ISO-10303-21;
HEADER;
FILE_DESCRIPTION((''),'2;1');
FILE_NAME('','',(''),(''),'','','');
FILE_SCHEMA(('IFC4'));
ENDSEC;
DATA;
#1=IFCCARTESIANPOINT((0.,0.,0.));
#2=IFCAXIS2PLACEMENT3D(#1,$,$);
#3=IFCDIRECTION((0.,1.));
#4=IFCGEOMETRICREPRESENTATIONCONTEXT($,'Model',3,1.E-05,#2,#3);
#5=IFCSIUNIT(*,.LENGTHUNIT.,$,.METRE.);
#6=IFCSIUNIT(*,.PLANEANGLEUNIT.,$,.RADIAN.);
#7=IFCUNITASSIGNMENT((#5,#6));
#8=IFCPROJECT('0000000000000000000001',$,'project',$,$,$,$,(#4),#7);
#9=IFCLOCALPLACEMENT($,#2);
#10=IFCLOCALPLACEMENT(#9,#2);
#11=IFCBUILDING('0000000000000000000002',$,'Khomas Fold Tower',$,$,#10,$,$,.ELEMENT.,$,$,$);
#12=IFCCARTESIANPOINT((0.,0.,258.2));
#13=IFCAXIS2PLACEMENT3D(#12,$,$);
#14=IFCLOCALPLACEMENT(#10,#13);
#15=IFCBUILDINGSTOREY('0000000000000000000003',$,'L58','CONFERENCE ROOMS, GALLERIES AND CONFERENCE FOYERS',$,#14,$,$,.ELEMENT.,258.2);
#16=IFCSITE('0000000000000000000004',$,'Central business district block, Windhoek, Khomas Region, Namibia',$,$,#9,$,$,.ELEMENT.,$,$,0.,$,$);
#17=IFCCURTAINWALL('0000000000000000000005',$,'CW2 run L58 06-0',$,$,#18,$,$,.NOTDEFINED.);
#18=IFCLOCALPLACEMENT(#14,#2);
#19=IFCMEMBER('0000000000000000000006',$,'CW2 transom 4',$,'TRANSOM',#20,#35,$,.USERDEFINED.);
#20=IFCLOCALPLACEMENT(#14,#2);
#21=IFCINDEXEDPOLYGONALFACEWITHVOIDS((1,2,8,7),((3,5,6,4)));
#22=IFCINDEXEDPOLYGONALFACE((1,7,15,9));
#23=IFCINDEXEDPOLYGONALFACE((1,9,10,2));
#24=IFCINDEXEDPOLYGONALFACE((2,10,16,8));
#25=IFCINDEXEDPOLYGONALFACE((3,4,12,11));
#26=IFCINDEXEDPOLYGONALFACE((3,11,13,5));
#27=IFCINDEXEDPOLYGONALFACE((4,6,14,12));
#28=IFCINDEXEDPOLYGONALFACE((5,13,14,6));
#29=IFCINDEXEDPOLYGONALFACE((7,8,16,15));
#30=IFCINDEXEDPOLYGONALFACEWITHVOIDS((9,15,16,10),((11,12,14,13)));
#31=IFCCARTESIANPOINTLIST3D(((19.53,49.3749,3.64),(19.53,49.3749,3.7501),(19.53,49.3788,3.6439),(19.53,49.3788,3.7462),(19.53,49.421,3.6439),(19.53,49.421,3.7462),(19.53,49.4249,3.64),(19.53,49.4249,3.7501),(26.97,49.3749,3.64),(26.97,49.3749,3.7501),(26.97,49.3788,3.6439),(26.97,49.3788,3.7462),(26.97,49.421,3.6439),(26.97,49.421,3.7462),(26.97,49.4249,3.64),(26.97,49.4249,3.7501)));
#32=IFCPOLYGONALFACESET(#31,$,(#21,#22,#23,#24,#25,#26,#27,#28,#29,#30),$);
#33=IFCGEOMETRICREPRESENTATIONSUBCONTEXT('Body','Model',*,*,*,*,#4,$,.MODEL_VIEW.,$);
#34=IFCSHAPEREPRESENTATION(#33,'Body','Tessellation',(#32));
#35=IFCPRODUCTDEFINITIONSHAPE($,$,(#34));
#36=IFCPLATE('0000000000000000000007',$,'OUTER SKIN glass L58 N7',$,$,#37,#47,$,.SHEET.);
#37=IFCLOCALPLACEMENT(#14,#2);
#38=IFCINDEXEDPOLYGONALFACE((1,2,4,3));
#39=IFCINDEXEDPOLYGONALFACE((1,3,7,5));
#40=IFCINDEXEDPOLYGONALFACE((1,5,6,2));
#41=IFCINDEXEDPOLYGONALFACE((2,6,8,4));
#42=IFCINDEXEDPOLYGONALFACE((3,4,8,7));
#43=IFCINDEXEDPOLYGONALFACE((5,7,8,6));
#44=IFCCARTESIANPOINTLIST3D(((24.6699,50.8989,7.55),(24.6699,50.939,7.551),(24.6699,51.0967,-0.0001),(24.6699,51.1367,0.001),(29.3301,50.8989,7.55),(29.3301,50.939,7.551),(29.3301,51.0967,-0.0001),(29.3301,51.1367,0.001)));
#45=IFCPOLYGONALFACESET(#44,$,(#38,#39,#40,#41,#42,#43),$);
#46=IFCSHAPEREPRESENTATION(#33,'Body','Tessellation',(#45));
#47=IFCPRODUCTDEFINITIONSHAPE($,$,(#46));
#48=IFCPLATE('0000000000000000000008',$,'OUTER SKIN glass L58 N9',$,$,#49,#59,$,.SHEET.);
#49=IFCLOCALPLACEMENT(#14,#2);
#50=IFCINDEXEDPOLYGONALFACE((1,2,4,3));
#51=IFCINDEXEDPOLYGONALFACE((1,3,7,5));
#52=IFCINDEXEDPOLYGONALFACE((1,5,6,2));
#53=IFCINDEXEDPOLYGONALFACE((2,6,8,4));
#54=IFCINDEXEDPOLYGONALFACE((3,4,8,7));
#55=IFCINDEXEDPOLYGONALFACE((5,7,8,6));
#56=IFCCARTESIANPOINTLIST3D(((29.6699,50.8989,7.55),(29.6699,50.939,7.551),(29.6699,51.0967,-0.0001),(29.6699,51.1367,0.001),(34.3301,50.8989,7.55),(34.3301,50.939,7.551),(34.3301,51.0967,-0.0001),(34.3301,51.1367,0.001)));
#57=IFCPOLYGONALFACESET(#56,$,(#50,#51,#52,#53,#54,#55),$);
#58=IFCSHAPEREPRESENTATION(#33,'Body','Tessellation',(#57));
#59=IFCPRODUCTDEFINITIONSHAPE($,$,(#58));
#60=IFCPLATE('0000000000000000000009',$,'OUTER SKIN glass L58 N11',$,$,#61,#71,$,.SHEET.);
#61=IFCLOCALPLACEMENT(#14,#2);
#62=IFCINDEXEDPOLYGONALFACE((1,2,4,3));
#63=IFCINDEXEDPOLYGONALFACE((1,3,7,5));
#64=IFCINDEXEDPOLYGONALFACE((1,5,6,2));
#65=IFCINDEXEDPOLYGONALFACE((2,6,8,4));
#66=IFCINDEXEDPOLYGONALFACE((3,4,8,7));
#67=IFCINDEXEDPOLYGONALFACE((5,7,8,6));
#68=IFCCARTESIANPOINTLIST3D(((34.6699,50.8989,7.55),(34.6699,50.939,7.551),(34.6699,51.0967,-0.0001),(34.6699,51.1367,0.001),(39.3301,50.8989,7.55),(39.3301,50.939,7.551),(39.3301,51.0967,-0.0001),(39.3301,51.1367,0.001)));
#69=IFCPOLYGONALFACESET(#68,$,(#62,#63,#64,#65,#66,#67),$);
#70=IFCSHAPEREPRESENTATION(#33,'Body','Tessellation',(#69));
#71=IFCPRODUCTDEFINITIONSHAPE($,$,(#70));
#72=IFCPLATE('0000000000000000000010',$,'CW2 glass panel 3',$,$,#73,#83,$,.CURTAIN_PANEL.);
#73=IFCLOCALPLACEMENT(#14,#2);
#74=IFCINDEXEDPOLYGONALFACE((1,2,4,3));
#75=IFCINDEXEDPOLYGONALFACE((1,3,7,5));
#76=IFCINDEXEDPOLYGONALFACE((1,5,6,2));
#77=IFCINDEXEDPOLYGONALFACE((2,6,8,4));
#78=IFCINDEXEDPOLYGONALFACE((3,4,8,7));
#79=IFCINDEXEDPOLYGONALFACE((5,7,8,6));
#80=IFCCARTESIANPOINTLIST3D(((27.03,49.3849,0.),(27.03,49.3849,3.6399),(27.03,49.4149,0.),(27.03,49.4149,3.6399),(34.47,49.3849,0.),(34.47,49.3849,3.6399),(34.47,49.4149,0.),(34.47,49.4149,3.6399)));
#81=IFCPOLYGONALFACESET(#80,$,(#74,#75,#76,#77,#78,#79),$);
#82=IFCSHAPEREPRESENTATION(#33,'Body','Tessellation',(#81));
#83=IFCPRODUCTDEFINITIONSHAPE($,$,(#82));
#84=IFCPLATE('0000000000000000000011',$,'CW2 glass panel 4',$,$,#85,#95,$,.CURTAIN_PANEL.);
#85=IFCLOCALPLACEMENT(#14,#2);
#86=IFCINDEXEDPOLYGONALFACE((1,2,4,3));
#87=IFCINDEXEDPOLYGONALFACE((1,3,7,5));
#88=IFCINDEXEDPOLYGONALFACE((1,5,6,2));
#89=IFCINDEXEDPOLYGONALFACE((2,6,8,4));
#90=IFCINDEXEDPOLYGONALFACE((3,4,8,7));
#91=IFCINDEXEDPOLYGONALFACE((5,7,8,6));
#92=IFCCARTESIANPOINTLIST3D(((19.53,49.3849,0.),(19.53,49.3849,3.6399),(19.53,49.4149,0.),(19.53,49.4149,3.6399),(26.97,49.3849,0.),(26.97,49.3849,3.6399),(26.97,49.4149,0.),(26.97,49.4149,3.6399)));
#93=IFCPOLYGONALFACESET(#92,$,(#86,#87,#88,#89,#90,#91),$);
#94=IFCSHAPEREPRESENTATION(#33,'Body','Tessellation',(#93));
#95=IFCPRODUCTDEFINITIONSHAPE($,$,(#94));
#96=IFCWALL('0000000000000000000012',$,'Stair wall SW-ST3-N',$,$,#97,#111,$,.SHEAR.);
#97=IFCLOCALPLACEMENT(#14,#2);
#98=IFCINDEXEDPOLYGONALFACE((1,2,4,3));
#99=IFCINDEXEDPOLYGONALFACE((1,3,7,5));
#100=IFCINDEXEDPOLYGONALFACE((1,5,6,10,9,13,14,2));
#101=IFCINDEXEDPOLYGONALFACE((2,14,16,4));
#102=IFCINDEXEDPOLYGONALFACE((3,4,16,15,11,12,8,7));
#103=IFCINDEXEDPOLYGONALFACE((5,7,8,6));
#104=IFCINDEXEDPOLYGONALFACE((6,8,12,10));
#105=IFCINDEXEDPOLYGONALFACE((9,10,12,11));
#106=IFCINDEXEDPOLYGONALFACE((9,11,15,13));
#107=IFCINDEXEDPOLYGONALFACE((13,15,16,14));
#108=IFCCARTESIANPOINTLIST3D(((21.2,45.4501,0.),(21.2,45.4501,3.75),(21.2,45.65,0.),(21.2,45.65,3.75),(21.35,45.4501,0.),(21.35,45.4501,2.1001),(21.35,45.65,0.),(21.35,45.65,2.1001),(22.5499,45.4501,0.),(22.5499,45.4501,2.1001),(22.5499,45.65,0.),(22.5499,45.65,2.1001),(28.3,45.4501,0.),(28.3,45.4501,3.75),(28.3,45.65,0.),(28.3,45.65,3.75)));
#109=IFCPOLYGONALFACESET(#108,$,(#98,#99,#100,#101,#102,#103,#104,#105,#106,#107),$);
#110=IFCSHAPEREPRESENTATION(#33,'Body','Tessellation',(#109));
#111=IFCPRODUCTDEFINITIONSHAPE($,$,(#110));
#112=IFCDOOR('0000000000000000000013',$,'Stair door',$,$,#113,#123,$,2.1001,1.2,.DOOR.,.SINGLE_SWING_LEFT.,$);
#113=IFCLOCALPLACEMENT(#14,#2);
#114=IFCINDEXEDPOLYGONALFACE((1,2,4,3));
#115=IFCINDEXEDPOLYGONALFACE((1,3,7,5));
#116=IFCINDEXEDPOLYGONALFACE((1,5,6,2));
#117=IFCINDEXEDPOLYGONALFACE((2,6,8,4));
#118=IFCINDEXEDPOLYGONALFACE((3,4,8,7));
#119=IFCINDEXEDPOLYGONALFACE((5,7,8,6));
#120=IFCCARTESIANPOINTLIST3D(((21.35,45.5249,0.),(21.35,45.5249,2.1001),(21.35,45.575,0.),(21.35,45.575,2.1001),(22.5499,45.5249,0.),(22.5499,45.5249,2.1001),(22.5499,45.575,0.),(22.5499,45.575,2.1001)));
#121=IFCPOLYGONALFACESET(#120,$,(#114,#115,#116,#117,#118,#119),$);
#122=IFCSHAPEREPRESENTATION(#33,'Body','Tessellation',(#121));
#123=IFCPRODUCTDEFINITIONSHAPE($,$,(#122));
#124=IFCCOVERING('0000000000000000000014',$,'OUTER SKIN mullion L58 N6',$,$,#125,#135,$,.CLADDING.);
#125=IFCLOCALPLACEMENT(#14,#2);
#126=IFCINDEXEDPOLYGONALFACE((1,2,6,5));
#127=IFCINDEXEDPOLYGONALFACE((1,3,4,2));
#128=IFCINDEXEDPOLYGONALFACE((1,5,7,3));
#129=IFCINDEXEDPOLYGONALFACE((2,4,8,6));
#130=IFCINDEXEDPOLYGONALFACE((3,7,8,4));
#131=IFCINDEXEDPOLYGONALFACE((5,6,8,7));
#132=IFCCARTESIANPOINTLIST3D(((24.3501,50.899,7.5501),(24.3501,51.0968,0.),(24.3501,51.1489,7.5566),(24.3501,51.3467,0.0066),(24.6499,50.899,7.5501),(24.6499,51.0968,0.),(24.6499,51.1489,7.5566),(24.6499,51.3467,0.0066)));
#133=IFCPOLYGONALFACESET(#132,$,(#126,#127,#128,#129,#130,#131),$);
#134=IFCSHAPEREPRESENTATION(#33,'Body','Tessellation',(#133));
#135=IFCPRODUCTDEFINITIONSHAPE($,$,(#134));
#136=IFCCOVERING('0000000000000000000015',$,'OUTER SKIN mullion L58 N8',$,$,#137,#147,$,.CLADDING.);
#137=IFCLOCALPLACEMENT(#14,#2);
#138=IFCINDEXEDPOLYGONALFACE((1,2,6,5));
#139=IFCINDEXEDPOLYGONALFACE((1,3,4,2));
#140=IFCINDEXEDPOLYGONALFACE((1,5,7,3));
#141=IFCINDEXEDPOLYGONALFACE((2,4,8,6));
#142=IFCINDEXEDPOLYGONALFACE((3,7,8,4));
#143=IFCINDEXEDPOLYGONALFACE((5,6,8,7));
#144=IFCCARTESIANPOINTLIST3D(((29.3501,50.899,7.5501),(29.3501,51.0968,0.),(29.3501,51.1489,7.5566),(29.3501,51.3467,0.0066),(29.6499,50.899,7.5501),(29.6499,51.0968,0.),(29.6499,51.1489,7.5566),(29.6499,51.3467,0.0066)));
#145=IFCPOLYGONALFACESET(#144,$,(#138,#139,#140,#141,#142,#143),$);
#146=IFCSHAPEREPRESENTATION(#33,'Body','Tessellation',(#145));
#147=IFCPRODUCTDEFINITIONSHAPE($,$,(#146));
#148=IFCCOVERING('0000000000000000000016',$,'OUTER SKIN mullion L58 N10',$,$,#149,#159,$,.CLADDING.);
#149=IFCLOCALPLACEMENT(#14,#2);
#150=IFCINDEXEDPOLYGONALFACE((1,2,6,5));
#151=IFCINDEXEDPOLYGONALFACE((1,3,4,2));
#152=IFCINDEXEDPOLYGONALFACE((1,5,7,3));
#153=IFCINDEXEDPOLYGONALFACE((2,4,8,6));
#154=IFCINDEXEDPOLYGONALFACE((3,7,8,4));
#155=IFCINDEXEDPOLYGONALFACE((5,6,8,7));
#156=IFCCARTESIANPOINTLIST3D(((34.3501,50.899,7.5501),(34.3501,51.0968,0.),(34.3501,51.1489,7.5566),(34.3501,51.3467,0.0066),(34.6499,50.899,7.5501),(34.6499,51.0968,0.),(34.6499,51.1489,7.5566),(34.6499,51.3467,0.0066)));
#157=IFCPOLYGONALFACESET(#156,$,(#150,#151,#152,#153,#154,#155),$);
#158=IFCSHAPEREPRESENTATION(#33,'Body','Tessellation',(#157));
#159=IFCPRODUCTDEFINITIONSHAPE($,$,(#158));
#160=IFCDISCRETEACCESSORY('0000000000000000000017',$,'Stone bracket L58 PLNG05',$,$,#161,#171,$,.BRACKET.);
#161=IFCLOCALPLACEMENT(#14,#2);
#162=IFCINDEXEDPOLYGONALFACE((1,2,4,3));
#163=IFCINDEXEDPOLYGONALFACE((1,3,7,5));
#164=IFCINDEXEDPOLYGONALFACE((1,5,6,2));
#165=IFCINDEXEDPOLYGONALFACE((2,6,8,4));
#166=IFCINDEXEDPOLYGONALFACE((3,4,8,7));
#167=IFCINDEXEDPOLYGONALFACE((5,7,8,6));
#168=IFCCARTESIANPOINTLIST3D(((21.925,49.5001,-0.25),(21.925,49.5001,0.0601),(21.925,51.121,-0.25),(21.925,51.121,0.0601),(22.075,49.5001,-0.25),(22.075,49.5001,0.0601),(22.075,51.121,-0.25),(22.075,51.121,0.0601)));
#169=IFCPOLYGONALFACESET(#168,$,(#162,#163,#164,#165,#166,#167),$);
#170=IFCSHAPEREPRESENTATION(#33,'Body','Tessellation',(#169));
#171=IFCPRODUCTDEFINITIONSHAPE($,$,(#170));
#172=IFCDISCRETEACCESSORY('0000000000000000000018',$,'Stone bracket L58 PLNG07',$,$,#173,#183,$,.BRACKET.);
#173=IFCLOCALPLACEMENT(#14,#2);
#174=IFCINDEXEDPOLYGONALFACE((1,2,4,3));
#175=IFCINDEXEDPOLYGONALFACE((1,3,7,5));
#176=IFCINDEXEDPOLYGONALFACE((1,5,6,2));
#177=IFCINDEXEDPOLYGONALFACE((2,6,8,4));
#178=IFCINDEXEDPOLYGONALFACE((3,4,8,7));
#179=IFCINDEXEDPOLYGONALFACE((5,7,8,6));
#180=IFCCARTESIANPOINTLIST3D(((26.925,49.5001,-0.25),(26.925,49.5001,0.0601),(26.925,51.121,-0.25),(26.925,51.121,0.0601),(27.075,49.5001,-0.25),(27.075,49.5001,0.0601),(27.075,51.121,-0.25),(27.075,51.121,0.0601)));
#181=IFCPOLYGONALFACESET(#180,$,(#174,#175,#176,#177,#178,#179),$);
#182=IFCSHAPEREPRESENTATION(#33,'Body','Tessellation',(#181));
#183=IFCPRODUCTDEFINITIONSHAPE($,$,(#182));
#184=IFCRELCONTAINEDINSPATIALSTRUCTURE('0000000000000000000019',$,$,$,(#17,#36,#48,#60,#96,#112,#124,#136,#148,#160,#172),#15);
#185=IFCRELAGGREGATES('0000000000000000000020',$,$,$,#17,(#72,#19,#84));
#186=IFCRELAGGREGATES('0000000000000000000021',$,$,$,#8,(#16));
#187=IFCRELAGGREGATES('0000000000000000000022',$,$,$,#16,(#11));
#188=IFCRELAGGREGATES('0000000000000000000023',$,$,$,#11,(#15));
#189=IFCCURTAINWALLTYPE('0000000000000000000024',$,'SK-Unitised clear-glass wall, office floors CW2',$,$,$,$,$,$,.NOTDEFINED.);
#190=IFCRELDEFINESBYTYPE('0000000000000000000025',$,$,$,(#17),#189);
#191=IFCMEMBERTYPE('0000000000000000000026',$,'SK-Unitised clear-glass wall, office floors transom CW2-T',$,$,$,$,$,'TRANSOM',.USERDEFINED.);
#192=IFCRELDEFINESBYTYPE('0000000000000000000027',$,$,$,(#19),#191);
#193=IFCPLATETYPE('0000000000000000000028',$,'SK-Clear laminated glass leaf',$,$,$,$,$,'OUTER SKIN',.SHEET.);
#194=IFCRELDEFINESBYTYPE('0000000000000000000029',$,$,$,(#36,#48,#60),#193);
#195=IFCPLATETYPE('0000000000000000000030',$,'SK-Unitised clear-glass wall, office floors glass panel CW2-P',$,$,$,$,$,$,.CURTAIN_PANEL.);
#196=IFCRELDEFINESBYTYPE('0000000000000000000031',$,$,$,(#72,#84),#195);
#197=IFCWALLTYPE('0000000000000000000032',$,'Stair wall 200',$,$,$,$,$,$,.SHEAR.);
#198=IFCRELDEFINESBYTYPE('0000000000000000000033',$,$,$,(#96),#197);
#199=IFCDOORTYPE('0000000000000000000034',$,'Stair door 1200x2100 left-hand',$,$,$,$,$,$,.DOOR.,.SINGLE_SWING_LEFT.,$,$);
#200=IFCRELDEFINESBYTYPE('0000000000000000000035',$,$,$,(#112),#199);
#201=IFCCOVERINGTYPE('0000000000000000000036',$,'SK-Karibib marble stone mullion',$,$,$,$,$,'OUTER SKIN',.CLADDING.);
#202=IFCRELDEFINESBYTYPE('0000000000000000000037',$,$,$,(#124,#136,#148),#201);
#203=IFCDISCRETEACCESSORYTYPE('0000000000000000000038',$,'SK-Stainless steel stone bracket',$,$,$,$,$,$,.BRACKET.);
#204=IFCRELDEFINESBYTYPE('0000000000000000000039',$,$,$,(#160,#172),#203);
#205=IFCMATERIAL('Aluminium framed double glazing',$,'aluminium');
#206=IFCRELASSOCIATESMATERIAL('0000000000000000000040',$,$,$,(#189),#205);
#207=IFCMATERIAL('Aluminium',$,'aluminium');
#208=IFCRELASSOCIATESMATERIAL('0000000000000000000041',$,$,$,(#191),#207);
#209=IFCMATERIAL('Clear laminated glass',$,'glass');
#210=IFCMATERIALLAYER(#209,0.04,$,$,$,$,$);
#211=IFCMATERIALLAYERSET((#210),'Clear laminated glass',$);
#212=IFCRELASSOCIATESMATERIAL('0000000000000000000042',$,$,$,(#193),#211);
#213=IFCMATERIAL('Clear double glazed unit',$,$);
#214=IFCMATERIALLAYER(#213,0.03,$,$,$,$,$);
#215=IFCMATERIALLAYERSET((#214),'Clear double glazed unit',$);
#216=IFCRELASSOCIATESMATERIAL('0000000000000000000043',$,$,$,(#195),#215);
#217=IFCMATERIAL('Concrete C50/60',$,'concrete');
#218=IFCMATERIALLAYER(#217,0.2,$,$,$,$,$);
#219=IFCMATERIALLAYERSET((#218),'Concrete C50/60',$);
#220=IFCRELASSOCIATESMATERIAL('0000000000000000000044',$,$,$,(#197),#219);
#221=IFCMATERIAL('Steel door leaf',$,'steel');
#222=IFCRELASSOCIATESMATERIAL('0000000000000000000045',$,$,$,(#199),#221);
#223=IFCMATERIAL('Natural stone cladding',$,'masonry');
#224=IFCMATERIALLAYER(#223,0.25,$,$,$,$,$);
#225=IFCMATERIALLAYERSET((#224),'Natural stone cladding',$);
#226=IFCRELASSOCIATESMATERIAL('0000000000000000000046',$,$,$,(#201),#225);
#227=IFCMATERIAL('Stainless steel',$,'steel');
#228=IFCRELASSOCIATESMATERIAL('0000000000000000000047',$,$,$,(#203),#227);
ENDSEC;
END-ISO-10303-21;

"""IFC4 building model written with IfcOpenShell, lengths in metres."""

from ifc_helpers import new_model, si_unit, direction, frame, frame_2d, origin, origin_2d, place, context, subcontext, project, spatial, polyline, rectangle, hollow_rectangle, outline, extrude, source, transform, mapped, material, layer, layer_set, material_profile, profile_set, type_object, element, fill, aggregate, save


model = new_model("IFC4")

# Units and contexts
model_context = context("Model", 3, precision=1e-05, world=origin(), true_north=direction((0.0, 1.0)))
body_context = subcontext(model_context, "Body", "Model", "MODEL_VIEW")
ifc_project = project(units=[si_unit("LENGTHUNIT", "METRE"), si_unit("PLANEANGLEUNIT", "RADIAN")], contexts=[model_context])

# Site, building, storey
site_placement = place(None, origin())
site = spatial("IfcSite", under=ifc_project, at=site_placement, Name="Central business district block, Windhoek, Khomas Region, Namibia", CompositionType="ELEMENT", RefElevation=0.0)
building_placement = place(site_placement, origin())
building = spatial("IfcBuilding", under=site, at=building_placement, Name="Khomas Fold Tower", CompositionType="ELEMENT")
storey_placement = place(building_placement, frame((0.0, 0.0, 258.2)))
storey = spatial("IfcBuildingStorey", under=building, at=storey_placement, Name="L58", Description="CONFERENCE ROOMS, GALLERIES AND CONFERENCE FOYERS", CompositionType="ELEMENT", Elevation=258.2)

# Curtain wall, member
ifc_material_1 = material(Name="Aluminium framed double glazing", Category="aluminium")
curtain_wall_type = type_object("IfcCurtainWallType", Name="SK-Unitised clear-glass wall, office floors CW2", PredefinedType="NOTDEFINED", material=ifc_material_1)
curtain_wall_placement = place(storey_placement, origin())
curtain_wall = element("IfcCurtainWall", 1, at=curtain_wall_placement, inside=storey, type_object=curtain_wall_type, Name="CW2 run L58 06-0", PredefinedType="NOTDEFINED")
ifc_material_2 = material(Name="Aluminium", Category="aluminium")
ifc_material_profile_1 = material_profile(ifc_material_2, hollow_rectangle(XDim=0.05, YDim=0.1101, WallThickness=0.0039, at=origin_2d()), Name="SK-Unitised clear-glass wall, office floors transom CW2-T")
ifc_profile_set_1 = profile_set([ifc_material_profile_1], Name="Aluminium")
member_type_1 = type_object("IfcMemberType", Name="SK-Unitised clear-glass wall, office floors transom CW2-T", ElementType="TRANSOM", PredefinedType="USERDEFINED", material=ifc_profile_set_1)
shared_shape_1 = source(origin(), body_context, "Body", "SweptSolid", [
    extrude(hollow_rectangle(XDim=0.05, YDim=0.1101, WallThickness=0.0039, at=origin_2d()), origin(), (0.0, 0.0, 1.0), 7.4399),
])
member_1_placement = place(storey_placement, frame((26.97, 49.3999, 3.6951), z_axis=(-1.0, 0.0, 0.0), x_axis=(0.0, -1.0, 0.0)))
member_1 = element("IfcMember", 2, at=member_1_placement, type_object=member_type_1, Name="CW2 transom 4", ObjectType="TRANSOM", PredefinedType="USERDEFINED", context=body_context, shape_type="MappedRepresentation", body=[
    mapped(shared_shape_1, transform((0.0, 0.0, 0.0))),
])

# Plates
ifc_material_3 = material(Name="Clear laminated glass", Category="glass")
ifc_layer_1 = layer(ifc_material_3, 0.04)
ifc_layer_set_1 = layer_set([ifc_layer_1], Name="Clear laminated glass")
plate_type_1 = type_object("IfcPlateType", Name="SK-Clear laminated glass leaf", ElementType="OUTER SKIN", PredefinedType="SHEET", material=ifc_layer_set_1)
for number, where, z_axis, x_axis, name in (
    (3, (24.6699, 51.1367, 0.001), (0.0, 0.999657, 0.026183), (1.0, 0.0, 0.0), "OUTER SKIN glass L58 N7"),
    (4, (29.6699, 51.1367, 0.001), (0.0, 0.999657, 0.026183), (1.0, 0.0, 0.0), "OUTER SKIN glass L58 N9"),
    (5, (34.6699, 51.1367, 0.001), (0.0, 0.999657, 0.026183), (1.0, 0.0, 0.0), "OUTER SKIN glass L58 N11"),
):
    element("IfcPlate", number, at=place(storey_placement, frame(where, z_axis=z_axis, x_axis=x_axis)), inside=storey, type_object=plate_type_1, Name=name, PredefinedType="SHEET", context=body_context, shape_type="SweptSolid", body=[
        extrude(outline(polyline([(0.0, 0.0), (4.6602, 0.0), (4.6602, -7.5526), (0.0, -7.5526), (0.0, 0.0)])), origin(), (0.0, 0.0, -1.0), 0.04),
    ])

# Plates
ifc_material_4 = material(Name="Clear double glazed unit")
ifc_layer_2 = layer(ifc_material_4, 0.03)
ifc_layer_set_2 = layer_set([ifc_layer_2], Name="Clear double glazed unit")
plate_type_2 = type_object("IfcPlateType", Name="SK-Unitised clear-glass wall, office floors glass panel CW2-P", PredefinedType="CURTAIN_PANEL", material=ifc_layer_set_2)
shared_shape_2 = source(origin(), body_context, "Body", "SweptSolid", [
    extrude(rectangle(XDim=7.4399, YDim=0.03, at=origin_2d()), origin(), (0.0, 0.0, 1.0), 3.6399),
])
plate_1_placement = place(storey_placement, frame((30.75, 49.3999, 0.0), z_axis=(0.0, 0.0, 1.0), x_axis=(-1.0, 0.0, 0.0)))
plate_1 = element("IfcPlate", 6, at=plate_1_placement, type_object=plate_type_2, Name="CW2 glass panel 3", PredefinedType="CURTAIN_PANEL", context=body_context, shape_type="MappedRepresentation", body=[
    mapped(shared_shape_2, transform((0.0, 0.0, 0.0))),
])
plate_2_placement = place(storey_placement, frame((23.25, 49.3999, 0.0), z_axis=(0.0, 0.0, 1.0), x_axis=(-1.0, 0.0, 0.0)))
plate_2 = element("IfcPlate", 7, at=plate_2_placement, type_object=plate_type_2, Name="CW2 glass panel 4", PredefinedType="CURTAIN_PANEL", context=body_context, shape_type="MappedRepresentation", body=[
    mapped(shared_shape_2, transform((0.0, 0.0, 0.0))),
])
aggregate(curtain_wall, [plate_1, member_1, plate_2])

# Wall, opening, door
ifc_material_5 = material(Name="Concrete C50/60", Category="concrete")
ifc_layer_3 = layer(ifc_material_5, 0.2)
ifc_layer_set_3 = layer_set([ifc_layer_3], Name="Concrete C50/60")
wall_type = type_object("IfcWallType", Name="Stair wall 200", PredefinedType="SHEAR", material=ifc_layer_set_3)
shared_shape_3 = source(origin(), body_context, "Body", "SweptSolid", [
    extrude(rectangle(XDim=7.1001, YDim=0.2, at=frame_2d((3.55, 0.0))), origin(), (0.0, 0.0, 1.0), 3.75),
])
wall_placement = place(storey_placement, frame((21.2, 45.55, 0.0), z_axis=(0.0, 0.0, 1.0), x_axis=(1.0, 0.0, 0.0)))
wall = element("IfcWall", 8, at=wall_placement, inside=storey, type_object=wall_type, Name="Stair wall SW-ST3-N", PredefinedType="SHEAR", context=body_context, shape_type="MappedRepresentation", body=[
    mapped(shared_shape_3, transform((0.0, 0.0, 0.0))),
])
shared_shape_4 = source(origin(), body_context, "Body", "SweptSolid", [
    extrude(rectangle(XDim=1.2, YDim=2.1001, at=frame_2d((0.6001, 1.05))), frame((0.0, 0.1099, 0.0), z_axis=(0.0, -1.0, 0.0), x_axis=(1.0, 0.0, 0.0)), (0.0, 0.0, 1.0), 0.22),
])
opening_placement = place(wall_placement, frame((0.1499, 0.0, 0.0)))
opening = element("IfcOpeningElement", 9, at=opening_placement, cuts=wall, PredefinedType="OPENING", context=body_context, shape_type="MappedRepresentation", body=[
    mapped(shared_shape_4, transform((0.0, 0.0, 0.0))),
])
ifc_material_6 = material(Name="Steel door leaf", Category="steel")
door_type = type_object("IfcDoorType", Name="Stair door 1200x2100 left-hand", OperationType="SINGLE_SWING_LEFT", PredefinedType="DOOR", material=ifc_material_6)
shared_shape_5 = source(origin(), body_context, "Body", "SweptSolid", [
    extrude(rectangle(XDim=1.2, YDim=2.1001, at=frame_2d((0.6001, 1.05))), frame((0.0, 0.0249, 0.0), z_axis=(0.0, -1.0, 0.0), x_axis=(1.0, 0.0, 0.0)), (0.0, 0.0, 1.0), 0.05),
])
door_placement = place(opening_placement, origin())
door = element("IfcDoor", 10, at=door_placement, inside=storey, type_object=door_type, Name="Stair door", OperationType="SINGLE_SWING_LEFT", OverallHeight=2.1001, OverallWidth=1.2, PredefinedType="DOOR", context=body_context, shape_type="MappedRepresentation", body=[
    mapped(shared_shape_5, transform((0.0, 0.0, 0.0))),
])
fill(opening, door)

# Coverings
ifc_material_7 = material(Name="Natural stone cladding", Category="masonry")
ifc_layer_4 = layer(ifc_material_7, 0.25)
ifc_layer_set_4 = layer_set([ifc_layer_4], Name="Natural stone cladding")
covering_type = type_object("IfcCoveringType", Name="SK-Karibib marble stone mullion", ElementType="OUTER SKIN", PredefinedType="CLADDING", material=ifc_layer_set_4)
for number, where, z_axis, x_axis, name in (
    (11, (24.3501, 51.3467, 0.0066), (0.0, 0.999657, 0.026183), (1.0, 0.0, 0.0), "OUTER SKIN mullion L58 N6"),
    (12, (29.3501, 51.3467, 0.0066), (0.0, 0.999657, 0.026183), (1.0, 0.0, 0.0), "OUTER SKIN mullion L58 N8"),
    (13, (34.3501, 51.3467, 0.0066), (0.0, 0.999657, 0.026183), (1.0, 0.0, 0.0), "OUTER SKIN mullion L58 N10"),
):
    element("IfcCovering", number, at=place(storey_placement, frame(where, z_axis=z_axis, x_axis=x_axis)), inside=storey, type_object=covering_type, Name=name, PredefinedType="CLADDING", context=body_context, shape_type="SweptSolid", body=[
        extrude(outline(polyline([(0.0, 0.0), (0.2998, 0.0), (0.2998, -7.5526), (0.0, -7.5526), (0.0, 0.0)])), origin(), (0.0, 0.0, -1.0), 0.25),
    ])

# Discrete accessories
ifc_material_8 = material(Name="Stainless steel", Category="steel")
discrete_accessory_type = type_object("IfcDiscreteAccessoryType", Name="SK-Stainless steel stone bracket", PredefinedType="BRACKET", material=ifc_material_8)
shared_shape_6 = source(origin(), body_context, "Body", "SweptSolid", [
    extrude(rectangle(XDim=1.6208, YDim=0.1499, at=origin_2d()), origin(), (0.0, 0.0, 1.0), 0.3101),
])
for number, where, z_axis, x_axis, name in (
    (14, (22.0, 50.3105, -0.25), (0.0, 0.0, 1.0), (0.0, 1.0, 0.0), "Stone bracket L58 PLNG05"),
    (15, (27.0, 50.3105, -0.25), (0.0, 0.0, 1.0), (0.0, 1.0, 0.0), "Stone bracket L58 PLNG07"),
):
    element("IfcDiscreteAccessory", number, at=place(storey_placement, frame(where, z_axis=z_axis, x_axis=x_axis)), inside=storey, type_object=discrete_accessory_type, Name=name, PredefinedType="BRACKET", context=body_context, shape_type="MappedRepresentation", body=[
        mapped(shared_shape_6, transform((0.0, 0.0, 0.0))),
    ])

save(model, "model.ifc")
